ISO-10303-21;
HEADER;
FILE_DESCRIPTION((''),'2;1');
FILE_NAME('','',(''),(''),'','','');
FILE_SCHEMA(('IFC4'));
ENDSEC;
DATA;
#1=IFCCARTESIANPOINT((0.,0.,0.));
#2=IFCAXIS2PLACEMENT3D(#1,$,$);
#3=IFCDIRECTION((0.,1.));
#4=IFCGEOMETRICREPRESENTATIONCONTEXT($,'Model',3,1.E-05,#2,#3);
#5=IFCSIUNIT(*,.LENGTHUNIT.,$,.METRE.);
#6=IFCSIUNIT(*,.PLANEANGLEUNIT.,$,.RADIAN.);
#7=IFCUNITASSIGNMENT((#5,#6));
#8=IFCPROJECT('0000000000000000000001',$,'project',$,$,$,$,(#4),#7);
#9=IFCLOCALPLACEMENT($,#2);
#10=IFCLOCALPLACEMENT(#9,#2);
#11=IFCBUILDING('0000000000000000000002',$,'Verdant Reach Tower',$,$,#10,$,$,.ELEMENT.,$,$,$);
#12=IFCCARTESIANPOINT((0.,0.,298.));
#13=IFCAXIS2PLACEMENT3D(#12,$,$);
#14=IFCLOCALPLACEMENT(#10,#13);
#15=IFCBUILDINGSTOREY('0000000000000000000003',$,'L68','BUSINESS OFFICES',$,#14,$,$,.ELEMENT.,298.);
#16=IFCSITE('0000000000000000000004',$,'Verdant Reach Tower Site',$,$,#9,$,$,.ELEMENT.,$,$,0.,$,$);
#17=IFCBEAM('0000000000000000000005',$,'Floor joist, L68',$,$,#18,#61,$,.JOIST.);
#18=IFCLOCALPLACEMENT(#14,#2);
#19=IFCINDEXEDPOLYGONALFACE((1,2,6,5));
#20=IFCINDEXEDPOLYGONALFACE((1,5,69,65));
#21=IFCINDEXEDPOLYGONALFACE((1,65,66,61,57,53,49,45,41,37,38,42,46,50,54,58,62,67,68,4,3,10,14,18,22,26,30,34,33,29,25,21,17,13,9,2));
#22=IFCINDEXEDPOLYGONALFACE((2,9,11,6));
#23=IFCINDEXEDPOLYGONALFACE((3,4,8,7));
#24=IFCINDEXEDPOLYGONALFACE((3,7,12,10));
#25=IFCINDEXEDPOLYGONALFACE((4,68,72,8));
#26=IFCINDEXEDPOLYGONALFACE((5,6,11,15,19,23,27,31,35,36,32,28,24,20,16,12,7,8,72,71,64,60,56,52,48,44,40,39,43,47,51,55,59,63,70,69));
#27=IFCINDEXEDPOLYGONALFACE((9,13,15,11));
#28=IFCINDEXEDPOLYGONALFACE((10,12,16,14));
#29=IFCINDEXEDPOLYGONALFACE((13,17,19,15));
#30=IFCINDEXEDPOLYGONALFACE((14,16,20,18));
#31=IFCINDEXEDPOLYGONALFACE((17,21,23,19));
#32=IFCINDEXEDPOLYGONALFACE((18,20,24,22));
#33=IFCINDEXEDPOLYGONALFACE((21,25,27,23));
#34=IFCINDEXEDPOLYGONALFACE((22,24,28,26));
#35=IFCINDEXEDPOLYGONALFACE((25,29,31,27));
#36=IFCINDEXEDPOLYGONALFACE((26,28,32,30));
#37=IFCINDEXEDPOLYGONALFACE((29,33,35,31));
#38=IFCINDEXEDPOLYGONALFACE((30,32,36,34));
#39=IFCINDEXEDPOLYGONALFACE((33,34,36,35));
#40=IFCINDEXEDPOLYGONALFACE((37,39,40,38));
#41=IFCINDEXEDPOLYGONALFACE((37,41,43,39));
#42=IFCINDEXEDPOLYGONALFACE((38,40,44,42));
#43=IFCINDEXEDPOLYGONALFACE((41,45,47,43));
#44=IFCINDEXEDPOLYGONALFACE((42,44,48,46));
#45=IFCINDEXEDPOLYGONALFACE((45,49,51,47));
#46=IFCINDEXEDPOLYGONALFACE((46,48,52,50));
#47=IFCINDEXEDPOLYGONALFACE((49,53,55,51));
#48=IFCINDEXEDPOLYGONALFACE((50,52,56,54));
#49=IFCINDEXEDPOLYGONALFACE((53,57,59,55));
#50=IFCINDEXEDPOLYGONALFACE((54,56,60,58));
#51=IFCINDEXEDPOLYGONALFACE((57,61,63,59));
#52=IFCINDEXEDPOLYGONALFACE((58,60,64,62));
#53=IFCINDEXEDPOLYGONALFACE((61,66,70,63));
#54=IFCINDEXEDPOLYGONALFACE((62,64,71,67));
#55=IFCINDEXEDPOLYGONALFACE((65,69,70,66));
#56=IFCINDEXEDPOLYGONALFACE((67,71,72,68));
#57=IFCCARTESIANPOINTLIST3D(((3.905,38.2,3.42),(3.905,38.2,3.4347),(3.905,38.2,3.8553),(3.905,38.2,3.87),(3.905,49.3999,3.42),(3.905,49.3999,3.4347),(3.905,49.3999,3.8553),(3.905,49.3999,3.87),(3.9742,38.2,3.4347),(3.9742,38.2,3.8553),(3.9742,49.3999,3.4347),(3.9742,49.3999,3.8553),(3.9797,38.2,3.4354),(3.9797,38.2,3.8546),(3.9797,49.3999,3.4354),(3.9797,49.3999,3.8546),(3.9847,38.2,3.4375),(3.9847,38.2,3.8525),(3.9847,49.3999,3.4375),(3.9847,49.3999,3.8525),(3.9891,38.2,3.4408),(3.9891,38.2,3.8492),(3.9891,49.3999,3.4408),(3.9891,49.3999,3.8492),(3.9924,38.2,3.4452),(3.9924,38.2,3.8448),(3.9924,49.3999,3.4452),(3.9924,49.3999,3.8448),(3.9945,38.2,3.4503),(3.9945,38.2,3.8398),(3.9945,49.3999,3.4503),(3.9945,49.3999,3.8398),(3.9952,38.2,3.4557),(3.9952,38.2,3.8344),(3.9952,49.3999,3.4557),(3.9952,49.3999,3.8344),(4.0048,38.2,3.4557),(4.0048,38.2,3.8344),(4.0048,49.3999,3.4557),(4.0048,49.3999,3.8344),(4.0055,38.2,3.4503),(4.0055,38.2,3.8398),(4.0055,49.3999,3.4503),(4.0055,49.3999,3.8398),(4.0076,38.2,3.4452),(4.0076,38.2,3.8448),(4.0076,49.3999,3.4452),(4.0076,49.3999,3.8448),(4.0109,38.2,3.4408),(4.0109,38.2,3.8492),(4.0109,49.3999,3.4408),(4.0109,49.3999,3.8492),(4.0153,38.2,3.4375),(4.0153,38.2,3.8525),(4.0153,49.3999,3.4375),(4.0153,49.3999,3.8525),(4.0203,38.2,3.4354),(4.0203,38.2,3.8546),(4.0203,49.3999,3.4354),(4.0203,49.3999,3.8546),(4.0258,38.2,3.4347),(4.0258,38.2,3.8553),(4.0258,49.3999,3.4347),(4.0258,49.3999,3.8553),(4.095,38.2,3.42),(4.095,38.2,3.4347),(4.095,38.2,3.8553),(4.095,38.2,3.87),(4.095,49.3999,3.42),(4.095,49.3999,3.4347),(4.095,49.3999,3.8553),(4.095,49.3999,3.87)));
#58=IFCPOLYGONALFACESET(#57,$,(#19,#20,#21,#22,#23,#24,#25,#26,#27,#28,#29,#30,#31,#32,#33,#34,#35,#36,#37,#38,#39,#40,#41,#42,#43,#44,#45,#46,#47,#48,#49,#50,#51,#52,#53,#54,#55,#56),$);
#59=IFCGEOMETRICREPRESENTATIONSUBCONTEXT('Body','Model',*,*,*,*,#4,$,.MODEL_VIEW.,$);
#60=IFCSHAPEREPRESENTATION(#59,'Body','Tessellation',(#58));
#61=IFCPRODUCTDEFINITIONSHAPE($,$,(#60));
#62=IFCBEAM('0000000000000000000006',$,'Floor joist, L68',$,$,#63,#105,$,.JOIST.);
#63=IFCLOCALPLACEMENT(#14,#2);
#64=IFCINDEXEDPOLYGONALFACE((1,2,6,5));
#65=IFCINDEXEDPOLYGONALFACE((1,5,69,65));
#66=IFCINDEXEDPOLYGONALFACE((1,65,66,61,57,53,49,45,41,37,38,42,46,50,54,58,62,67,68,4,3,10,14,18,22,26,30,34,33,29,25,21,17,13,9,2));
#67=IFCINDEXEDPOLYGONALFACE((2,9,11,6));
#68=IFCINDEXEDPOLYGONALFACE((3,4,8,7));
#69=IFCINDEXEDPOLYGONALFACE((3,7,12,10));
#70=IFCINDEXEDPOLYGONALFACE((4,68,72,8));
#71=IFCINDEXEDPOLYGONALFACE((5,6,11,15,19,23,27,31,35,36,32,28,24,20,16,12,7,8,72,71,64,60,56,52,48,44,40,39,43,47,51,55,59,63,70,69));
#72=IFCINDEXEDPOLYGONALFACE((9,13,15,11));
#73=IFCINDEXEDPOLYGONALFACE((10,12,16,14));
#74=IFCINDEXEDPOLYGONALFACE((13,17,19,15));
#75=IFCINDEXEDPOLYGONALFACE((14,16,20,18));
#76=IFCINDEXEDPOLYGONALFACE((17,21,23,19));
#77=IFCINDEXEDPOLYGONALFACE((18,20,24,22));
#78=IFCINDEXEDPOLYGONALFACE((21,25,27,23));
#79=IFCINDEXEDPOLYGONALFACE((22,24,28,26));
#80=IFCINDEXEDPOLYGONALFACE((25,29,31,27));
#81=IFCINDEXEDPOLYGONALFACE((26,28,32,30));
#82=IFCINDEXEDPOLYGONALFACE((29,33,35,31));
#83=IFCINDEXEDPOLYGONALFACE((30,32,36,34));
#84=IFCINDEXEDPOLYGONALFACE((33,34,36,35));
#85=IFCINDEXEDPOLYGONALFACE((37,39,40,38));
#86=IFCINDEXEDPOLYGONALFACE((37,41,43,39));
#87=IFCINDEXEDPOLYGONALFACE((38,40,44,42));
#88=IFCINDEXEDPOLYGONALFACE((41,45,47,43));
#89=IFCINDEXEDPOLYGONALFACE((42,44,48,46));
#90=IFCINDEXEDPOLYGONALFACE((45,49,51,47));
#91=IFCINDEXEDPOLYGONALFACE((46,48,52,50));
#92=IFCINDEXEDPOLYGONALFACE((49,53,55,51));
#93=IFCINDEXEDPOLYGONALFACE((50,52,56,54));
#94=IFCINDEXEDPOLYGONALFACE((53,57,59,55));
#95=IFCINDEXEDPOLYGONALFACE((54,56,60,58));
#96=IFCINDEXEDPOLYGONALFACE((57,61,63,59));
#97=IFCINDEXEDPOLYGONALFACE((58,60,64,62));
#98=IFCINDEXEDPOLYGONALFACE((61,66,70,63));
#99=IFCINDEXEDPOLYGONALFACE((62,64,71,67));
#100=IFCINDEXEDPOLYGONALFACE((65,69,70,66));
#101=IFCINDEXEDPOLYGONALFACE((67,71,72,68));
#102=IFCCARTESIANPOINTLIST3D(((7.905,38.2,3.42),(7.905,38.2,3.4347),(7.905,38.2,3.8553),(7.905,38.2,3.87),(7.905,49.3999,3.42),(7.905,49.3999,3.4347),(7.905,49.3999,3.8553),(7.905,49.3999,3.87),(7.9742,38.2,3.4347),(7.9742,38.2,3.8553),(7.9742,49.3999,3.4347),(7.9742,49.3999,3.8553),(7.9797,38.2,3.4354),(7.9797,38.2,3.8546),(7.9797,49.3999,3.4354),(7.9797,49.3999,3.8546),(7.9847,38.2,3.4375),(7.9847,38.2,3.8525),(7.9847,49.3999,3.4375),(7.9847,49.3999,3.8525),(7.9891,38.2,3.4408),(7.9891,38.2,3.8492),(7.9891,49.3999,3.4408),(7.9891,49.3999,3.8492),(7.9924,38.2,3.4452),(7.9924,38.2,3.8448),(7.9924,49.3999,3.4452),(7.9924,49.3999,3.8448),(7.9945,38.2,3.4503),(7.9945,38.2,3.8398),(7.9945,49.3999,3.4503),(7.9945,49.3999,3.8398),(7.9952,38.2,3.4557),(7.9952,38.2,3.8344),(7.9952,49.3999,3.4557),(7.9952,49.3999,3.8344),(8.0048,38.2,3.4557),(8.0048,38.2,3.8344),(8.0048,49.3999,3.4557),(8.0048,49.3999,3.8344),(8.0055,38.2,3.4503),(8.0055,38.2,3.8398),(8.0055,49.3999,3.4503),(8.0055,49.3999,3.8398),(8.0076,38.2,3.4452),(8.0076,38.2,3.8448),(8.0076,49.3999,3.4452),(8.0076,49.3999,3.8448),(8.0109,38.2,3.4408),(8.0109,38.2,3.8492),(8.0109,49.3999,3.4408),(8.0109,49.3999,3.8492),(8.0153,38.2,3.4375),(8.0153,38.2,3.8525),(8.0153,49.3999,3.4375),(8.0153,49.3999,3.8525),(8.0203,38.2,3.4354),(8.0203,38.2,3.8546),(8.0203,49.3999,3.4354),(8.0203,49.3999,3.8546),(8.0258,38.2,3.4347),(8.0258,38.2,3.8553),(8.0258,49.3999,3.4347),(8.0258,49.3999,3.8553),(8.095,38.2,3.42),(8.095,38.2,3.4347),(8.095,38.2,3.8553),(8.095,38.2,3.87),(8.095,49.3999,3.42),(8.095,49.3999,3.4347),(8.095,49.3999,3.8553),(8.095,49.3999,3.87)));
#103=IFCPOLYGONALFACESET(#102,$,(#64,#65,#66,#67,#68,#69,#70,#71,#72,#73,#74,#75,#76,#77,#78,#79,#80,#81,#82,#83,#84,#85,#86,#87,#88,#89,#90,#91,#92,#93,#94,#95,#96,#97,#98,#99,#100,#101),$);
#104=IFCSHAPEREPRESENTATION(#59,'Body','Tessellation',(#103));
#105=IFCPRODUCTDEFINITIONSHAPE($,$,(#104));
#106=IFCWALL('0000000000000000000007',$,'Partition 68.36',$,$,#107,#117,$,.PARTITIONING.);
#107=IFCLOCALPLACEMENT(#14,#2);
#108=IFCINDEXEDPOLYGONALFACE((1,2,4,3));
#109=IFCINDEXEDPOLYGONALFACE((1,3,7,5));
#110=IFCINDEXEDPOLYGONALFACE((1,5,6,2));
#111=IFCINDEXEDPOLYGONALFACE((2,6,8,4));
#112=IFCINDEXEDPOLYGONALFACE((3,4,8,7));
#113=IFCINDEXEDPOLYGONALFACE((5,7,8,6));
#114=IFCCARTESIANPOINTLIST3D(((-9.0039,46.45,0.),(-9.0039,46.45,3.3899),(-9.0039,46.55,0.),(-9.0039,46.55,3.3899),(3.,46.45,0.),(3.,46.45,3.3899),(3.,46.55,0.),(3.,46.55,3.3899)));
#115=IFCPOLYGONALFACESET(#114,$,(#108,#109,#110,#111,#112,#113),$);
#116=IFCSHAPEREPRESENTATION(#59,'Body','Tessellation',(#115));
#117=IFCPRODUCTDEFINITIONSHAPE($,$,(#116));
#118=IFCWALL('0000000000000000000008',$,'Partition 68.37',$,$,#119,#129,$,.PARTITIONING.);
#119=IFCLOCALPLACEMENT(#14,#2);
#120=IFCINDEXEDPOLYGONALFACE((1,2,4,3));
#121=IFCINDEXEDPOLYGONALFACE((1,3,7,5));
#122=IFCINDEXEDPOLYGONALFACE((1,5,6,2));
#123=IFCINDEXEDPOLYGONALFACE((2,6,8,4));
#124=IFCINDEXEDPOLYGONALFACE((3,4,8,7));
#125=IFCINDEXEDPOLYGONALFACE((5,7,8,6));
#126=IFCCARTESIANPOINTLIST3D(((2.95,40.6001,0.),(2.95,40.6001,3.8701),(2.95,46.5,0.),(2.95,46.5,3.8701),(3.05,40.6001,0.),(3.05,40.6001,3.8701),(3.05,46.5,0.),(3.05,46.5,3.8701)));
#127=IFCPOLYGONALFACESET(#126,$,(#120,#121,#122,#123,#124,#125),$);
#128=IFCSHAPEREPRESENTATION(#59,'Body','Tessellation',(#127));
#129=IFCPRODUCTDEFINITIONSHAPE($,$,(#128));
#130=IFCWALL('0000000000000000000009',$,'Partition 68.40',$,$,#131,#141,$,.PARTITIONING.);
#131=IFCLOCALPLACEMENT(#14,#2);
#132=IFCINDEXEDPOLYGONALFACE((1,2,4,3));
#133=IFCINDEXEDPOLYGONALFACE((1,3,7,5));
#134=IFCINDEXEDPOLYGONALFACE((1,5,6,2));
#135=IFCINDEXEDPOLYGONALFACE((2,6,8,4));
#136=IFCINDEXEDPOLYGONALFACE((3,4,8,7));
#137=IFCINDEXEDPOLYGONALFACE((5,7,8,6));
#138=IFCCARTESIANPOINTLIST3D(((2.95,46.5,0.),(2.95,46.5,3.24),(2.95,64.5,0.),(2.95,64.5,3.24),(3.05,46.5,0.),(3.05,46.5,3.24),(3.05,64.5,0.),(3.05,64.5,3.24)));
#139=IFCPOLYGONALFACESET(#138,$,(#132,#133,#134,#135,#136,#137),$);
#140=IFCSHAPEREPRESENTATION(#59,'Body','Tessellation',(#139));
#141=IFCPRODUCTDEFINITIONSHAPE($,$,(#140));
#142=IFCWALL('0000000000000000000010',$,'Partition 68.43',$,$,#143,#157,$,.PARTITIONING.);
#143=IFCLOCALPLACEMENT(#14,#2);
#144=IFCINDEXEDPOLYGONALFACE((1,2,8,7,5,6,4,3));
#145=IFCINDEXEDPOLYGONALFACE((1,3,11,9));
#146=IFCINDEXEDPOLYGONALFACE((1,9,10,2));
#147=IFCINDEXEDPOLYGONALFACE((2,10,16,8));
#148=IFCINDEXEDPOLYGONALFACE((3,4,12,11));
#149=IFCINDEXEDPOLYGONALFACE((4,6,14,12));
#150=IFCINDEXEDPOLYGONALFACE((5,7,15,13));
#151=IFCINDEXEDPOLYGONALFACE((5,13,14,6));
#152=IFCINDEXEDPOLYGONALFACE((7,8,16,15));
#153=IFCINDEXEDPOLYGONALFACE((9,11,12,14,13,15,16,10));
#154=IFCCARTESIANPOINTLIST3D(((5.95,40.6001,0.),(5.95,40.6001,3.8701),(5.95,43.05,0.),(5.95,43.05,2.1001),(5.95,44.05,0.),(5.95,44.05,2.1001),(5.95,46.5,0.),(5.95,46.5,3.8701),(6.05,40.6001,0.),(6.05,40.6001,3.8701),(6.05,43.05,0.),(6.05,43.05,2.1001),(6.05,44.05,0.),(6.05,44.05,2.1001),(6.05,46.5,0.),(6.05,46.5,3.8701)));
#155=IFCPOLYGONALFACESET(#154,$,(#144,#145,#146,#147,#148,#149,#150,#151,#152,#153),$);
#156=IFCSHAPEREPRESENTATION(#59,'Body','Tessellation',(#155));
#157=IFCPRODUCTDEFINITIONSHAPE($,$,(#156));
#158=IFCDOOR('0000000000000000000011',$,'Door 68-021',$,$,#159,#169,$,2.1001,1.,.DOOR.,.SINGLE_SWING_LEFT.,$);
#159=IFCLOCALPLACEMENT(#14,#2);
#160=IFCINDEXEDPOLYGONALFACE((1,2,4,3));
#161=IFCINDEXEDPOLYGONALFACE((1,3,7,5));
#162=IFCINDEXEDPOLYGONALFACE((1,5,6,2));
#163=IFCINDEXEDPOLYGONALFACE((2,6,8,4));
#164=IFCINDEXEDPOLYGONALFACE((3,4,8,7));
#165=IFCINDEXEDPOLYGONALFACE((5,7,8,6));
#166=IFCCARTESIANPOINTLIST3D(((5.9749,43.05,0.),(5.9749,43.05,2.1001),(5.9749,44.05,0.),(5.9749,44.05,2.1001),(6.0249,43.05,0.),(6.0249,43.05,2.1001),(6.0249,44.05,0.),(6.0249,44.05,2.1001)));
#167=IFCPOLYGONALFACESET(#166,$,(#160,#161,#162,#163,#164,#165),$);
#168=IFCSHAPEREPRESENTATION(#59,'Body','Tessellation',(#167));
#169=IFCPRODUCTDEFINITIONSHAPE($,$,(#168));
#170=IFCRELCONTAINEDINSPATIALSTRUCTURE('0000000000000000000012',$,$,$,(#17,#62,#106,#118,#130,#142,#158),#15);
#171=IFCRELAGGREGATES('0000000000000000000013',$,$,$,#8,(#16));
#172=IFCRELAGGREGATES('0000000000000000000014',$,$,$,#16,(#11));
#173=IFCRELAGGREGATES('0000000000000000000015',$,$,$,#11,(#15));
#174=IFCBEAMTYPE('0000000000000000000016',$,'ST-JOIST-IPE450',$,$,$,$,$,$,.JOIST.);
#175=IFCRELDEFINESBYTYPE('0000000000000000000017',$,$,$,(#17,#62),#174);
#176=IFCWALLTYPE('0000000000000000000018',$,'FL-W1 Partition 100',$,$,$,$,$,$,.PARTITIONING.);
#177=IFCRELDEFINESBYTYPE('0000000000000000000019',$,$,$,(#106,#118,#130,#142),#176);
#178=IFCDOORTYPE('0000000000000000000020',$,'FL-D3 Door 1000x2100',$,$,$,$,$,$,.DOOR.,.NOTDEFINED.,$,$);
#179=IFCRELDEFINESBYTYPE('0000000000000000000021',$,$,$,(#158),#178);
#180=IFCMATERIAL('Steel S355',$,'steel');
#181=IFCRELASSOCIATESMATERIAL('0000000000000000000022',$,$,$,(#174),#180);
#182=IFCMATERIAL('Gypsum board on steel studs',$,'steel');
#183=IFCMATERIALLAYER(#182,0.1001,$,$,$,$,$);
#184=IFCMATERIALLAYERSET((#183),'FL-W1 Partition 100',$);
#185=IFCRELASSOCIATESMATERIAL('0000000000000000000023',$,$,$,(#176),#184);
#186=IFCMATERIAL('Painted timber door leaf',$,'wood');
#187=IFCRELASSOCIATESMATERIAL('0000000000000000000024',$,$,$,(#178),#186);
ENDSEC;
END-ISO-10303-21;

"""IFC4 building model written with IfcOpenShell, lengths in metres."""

from ifc_helpers import new_model, si_unit, direction, frame, frame_2d, origin, origin_2d, place, context, subcontext, project, spatial, rectangle, i_section, extrude, material, layer, layer_set, material_profile, profile_set, type_object, element, fill, save


model = new_model("IFC4")

# Units and contexts
model_context = context("Model", 3, precision=1e-05, world=origin(), true_north=direction((0.0, 1.0)))
body_context = subcontext(model_context, "Body", "Model", "MODEL_VIEW")
ifc_project = project(units=[si_unit("LENGTHUNIT", "METRE"), si_unit("PLANEANGLEUNIT", "RADIAN")], contexts=[model_context])

# Site, building, storey
site_placement = place(None, origin())
site = spatial("IfcSite", under=ifc_project, at=site_placement, Name="Verdant Reach Tower Site", CompositionType="ELEMENT", RefElevation=0.0)
building_placement = place(site_placement, origin())
building = spatial("IfcBuilding", under=site, at=building_placement, Name="Verdant Reach Tower", CompositionType="ELEMENT")
storey_placement = place(building_placement, frame((0.0, 0.0, 298.0)))
storey = spatial("IfcBuildingStorey", under=building, at=storey_placement, Name="L68", Description="BUSINESS OFFICES", CompositionType="ELEMENT", Elevation=298.0)

# Beams
ifc_material_1 = material(Name="Steel S355", Category="steel")
ifc_material_profile = material_profile(ifc_material_1, i_section(OverallWidth=0.1899, OverallDepth=0.45, WebThickness=0.0095, FlangeThickness=0.0146, FilletRadius=0.021, at=origin_2d()), Name="IPE 450")
ifc_profile_set = profile_set([ifc_material_profile], Name="Steel S355")
beam_type = type_object("IfcBeamType", Name="ST-JOIST-IPE450", PredefinedType="JOIST", material=ifc_profile_set)
for number, where, z_axis, x_axis, name in (
    (1, (4.0, 38.2, 3.645), (0.0, 1.0, 0.0), (-1.0, 0.0, 0.0), "Floor joist, L68"),
    (2, (8.0, 38.2, 3.645), (0.0, 1.0, 0.0), (-1.0, 0.0, 0.0), "Floor joist, L68"),
):
    element("IfcBeam", number, at=place(storey_placement, frame(where, z_axis=z_axis, x_axis=x_axis)), inside=storey, type_object=beam_type, Name=name, PredefinedType="JOIST", context=body_context, shape_type="SweptSolid", body=[
        extrude(i_section(OverallWidth=0.1899, OverallDepth=0.45, WebThickness=0.0095, FlangeThickness=0.0146, FilletRadius=0.021, at=origin_2d()), origin(), (0.0, 0.0, 1.0), 11.2),
    ])

# Walls
ifc_material_2 = material(Name="Gypsum board on steel studs", Category="steel")
ifc_layer_1 = layer(ifc_material_2, 0.1001)
ifc_layer_set_1 = layer_set([ifc_layer_1], Name="FL-W1 Partition 100")
wall_type_1 = type_object("IfcWallType", Name="FL-W1 Partition 100", PredefinedType="PARTITIONING", material=ifc_layer_set_1)
wall_1_placement = place(storey_placement, frame((3.0, 46.5, 0.0), z_axis=(0.0, 0.0, 1.0), x_axis=(-1.0, 0.0, 0.0)))
element("IfcWall", 3, at=wall_1_placement, inside=storey, type_object=wall_type_1, Name="Partition 68.36", PredefinedType="PARTITIONING", context=body_context, shape_type="SweptSolid", body=[
    extrude(rectangle(XDim=12.0039, YDim=0.1001, at=frame_2d((6.002, 0.0))), origin(), (0.0, 0.0, 1.0), 3.3899),
])
wall_2_placement = place(storey_placement, frame((3.0, 40.6001, 0.0), z_axis=(0.0, 0.0, 1.0), x_axis=(0.0, 1.0, 0.0)))
element("IfcWall", 4, at=wall_2_placement, inside=storey, type_object=wall_type_1, Name="Partition 68.37", PredefinedType="PARTITIONING", context=body_context, shape_type="SweptSolid", body=[
    extrude(rectangle(XDim=5.8999, YDim=0.1001, at=frame_2d((2.95, 0.0))), origin(), (0.0, 0.0, 1.0), 3.8701),
])
wall_3_placement = place(storey_placement, frame((3.0, 46.5, 0.0), z_axis=(0.0, 0.0, 1.0), x_axis=(0.0, 1.0, 0.0)))
element("IfcWall", 5, at=wall_3_placement, inside=storey, type_object=wall_type_1, Name="Partition 68.40", PredefinedType="PARTITIONING", context=body_context, shape_type="SweptSolid", body=[
    extrude(rectangle(XDim=18.0, YDim=0.1001, at=frame_2d((9.0, 0.0))), origin(), (0.0, 0.0, 1.0), 3.24),
])

# Wall, opening, door
wall_4_placement = place(storey_placement, frame((6.0, 46.5, 0.0), z_axis=(0.0, 0.0, 1.0), x_axis=(0.0, -1.0, 0.0)))
wall_4 = element("IfcWall", 6, at=wall_4_placement, inside=storey, type_object=wall_type_1, Name="Partition 68.43", PredefinedType="PARTITIONING", context=body_context, shape_type="SweptSolid", body=[
    extrude(rectangle(XDim=5.8999, YDim=0.1001, at=frame_2d((2.95, 0.0))), origin(), (0.0, 0.0, 1.0), 3.8701),
])
opening_1_placement = place(wall_4_placement, frame((2.45, 0.0, 0.0)))
opening_1 = element("IfcOpeningElement", 7, at=opening_1_placement, cuts=wall_4, PredefinedType="OPENING", context=body_context, shape_type="SweptSolid", body=[
    extrude(rectangle(XDim=1.0, YDim=2.1001, at=frame_2d((0.5, 1.05))), frame((0.0, 0.0601, 0.0), z_axis=(0.0, -1.0, 0.0), x_axis=(1.0, 0.0, 0.0)), (0.0, 0.0, 1.0), 0.1201),
])
ifc_material_3 = material(Name="Painted timber door leaf", Category="wood")
door_type_1 = type_object("IfcDoorType", Name="FL-D3 Door 1000x2100", OperationType="NOTDEFINED", PredefinedType="DOOR", material=ifc_material_3)
door_1_placement = place(opening_1_placement, origin())
door_1 = element("IfcDoor", 8, at=door_1_placement, inside=storey, type_object=door_type_1, Name="Door 68-021", OperationType="SINGLE_SWING_LEFT", OverallHeight=2.1001, OverallWidth=1.0, PredefinedType="DOOR", context=body_context, shape_type="SweptSolid", body=[
    extrude(rectangle(XDim=1.0, YDim=2.1001, at=frame_2d((0.5, 1.05))), frame((0.0, 0.0249, 0.0), z_axis=(0.0, -1.0, 0.0), x_axis=(1.0, 0.0, 0.0)), (0.0, 0.0, 1.0), 0.05),
])
fill(opening_1, door_1)

save(model, "model.ifc")
